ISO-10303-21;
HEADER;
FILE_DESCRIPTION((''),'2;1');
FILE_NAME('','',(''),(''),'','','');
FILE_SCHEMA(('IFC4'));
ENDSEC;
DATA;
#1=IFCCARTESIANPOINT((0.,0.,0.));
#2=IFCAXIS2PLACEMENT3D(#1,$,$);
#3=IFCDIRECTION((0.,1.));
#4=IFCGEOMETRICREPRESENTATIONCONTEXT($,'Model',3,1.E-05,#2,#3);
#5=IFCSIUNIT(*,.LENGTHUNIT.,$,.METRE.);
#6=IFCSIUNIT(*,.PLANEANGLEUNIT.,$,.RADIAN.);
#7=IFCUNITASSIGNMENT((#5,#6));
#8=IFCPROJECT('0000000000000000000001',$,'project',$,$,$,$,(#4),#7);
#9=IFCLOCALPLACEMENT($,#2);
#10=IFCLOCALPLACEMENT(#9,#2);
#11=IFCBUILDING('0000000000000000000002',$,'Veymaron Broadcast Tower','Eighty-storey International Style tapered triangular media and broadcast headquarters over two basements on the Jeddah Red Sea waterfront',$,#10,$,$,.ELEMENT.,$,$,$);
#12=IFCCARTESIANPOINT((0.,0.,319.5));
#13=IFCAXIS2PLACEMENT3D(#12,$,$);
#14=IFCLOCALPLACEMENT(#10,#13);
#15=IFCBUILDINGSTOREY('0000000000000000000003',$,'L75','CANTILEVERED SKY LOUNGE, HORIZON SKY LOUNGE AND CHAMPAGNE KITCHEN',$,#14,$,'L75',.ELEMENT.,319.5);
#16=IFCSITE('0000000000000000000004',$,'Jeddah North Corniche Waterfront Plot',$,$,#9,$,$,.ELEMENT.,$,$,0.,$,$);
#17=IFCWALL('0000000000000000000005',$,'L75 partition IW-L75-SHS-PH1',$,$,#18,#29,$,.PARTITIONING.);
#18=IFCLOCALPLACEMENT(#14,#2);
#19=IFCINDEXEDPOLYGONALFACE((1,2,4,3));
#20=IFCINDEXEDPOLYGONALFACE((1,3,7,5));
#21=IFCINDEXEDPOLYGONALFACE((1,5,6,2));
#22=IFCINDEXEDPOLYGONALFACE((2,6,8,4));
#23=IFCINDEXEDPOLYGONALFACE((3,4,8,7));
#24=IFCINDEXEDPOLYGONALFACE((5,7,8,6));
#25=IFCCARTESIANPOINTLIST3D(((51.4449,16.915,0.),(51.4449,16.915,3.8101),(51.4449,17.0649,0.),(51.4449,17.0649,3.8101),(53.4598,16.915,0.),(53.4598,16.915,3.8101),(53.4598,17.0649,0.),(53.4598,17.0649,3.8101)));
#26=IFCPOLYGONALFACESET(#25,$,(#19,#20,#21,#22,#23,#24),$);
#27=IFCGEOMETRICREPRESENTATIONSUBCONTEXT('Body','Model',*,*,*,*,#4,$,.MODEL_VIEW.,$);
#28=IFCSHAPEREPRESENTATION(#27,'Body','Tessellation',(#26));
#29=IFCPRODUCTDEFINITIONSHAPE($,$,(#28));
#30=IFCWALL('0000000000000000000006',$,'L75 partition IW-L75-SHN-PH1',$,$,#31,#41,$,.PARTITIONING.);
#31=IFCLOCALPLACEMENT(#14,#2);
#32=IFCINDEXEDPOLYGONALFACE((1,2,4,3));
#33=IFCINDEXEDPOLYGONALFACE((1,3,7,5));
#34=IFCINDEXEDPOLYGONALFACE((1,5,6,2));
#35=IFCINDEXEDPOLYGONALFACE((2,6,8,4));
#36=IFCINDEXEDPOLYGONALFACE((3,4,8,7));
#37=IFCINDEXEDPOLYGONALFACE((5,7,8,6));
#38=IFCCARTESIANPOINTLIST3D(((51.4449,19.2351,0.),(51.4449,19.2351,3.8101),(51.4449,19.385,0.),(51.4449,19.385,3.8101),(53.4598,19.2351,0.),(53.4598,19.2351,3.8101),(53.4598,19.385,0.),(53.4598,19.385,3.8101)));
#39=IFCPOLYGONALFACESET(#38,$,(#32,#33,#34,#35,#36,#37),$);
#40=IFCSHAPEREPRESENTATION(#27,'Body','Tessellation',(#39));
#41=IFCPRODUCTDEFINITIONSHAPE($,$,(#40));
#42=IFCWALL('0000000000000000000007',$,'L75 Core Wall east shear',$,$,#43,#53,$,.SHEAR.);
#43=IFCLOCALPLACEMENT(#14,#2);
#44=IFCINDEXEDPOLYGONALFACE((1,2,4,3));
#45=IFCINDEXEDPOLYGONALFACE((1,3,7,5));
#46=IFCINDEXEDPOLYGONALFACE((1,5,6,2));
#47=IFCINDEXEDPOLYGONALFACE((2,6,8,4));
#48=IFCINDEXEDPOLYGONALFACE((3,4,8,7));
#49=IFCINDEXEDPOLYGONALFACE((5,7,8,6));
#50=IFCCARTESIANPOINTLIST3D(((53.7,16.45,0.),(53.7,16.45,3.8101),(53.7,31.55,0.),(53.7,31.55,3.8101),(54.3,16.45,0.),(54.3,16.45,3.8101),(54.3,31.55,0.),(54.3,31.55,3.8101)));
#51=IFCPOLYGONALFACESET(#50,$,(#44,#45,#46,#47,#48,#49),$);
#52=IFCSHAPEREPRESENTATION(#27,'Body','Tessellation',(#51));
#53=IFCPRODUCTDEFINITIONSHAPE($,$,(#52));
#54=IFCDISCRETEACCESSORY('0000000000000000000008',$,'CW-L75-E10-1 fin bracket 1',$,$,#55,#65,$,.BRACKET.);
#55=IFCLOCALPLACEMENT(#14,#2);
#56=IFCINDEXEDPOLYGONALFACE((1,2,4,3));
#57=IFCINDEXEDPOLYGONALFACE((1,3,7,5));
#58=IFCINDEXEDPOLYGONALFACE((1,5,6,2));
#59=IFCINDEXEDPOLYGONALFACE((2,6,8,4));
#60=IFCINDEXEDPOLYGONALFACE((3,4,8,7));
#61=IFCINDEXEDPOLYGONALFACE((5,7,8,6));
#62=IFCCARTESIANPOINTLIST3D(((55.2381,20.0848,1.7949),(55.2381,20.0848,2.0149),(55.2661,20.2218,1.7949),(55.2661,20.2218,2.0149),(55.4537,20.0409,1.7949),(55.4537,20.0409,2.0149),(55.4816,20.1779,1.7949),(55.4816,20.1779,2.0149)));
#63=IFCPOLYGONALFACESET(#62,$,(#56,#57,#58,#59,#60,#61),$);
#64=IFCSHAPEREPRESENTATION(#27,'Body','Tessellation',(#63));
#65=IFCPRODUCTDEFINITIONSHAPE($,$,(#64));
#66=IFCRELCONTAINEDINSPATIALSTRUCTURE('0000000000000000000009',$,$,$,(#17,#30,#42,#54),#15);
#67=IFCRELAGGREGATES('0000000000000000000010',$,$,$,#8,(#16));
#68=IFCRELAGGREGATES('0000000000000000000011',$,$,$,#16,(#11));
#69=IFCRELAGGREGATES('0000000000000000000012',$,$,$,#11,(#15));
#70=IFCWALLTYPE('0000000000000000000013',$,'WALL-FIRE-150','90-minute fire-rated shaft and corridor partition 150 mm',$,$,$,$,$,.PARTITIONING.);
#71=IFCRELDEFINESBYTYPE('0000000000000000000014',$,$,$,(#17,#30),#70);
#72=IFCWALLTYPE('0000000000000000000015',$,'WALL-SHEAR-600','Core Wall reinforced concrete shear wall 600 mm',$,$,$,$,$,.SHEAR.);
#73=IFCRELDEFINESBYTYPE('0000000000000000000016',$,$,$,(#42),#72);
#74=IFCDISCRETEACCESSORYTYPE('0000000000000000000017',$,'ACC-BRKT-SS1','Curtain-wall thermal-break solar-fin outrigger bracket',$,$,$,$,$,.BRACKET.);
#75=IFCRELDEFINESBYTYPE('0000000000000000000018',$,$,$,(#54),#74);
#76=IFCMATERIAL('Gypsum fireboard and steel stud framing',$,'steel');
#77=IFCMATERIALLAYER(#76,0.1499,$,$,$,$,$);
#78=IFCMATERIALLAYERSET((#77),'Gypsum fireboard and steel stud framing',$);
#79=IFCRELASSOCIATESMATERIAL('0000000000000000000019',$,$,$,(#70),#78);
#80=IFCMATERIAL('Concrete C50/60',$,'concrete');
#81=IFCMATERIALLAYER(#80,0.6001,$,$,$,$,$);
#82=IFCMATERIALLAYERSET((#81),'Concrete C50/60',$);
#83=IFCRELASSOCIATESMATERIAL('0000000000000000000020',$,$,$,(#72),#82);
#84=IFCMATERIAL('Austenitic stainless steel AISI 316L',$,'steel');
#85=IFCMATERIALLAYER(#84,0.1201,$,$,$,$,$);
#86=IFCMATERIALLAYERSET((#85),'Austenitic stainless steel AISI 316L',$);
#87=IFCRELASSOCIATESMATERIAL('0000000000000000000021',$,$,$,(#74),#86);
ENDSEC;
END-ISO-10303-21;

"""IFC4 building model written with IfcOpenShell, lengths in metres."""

from ifc_helpers import new_model, si_unit, direction, frame, frame_2d, origin, origin_2d, place, context, subcontext, project, spatial, rectangle, extrude, material, layer, layer_set, type_object, element, save


model = new_model("IFC4")

# Units and contexts
model_context = context("Model", 3, precision=1e-05, world=origin(), true_north=direction((0.0, 1.0)))
body_context = subcontext(model_context, "Body", "Model", "MODEL_VIEW")
ifc_project = project(units=[si_unit("LENGTHUNIT", "METRE"), si_unit("PLANEANGLEUNIT", "RADIAN")], contexts=[model_context])

# Site, building, storey
site_placement = place(None, origin())
site = spatial("IfcSite", under=ifc_project, at=site_placement, Name="Jeddah North Corniche Waterfront Plot", CompositionType="ELEMENT", RefElevation=0.0)
building_placement = place(site_placement, origin())
building = spatial("IfcBuilding", under=site, at=building_placement, Name="Veymaron Broadcast Tower", Description="Eighty-storey International Style tapered triangular media and broadcast headquarters over two basements on the Jeddah Red Sea waterfront", CompositionType="ELEMENT")
storey_placement = place(building_placement, frame((0.0, 0.0, 319.5)))
storey = spatial("IfcBuildingStorey", under=building, at=storey_placement, Name="L75", Description="CANTILEVERED SKY LOUNGE, HORIZON SKY LOUNGE AND CHAMPAGNE KITCHEN", LongName="L75", CompositionType="ELEMENT", Elevation=319.5)

# Walls
ifc_material_1 = material(Name="Gypsum fireboard and steel stud framing", Category="steel")
ifc_layer_1 = layer(ifc_material_1, 0.1499)
ifc_layer_set_1 = layer_set([ifc_layer_1], Name="Gypsum fireboard and steel stud framing")
wall_type_1 = type_object("IfcWallType", Name="WALL-FIRE-150", Description="90-minute fire-rated shaft and corridor partition 150 mm", PredefinedType="PARTITIONING", material=ifc_layer_set_1)
for number, where, z_axis, x_axis, name in (
    (1, (51.4451, 16.99, 0.0), (0.0, 0.0, 1.0), (1.0, 0.0, 0.0), "L75 partition IW-L75-SHS-PH1"),
    (2, (51.4451, 19.3101, 0.0), (0.0, 0.0, 1.0), (1.0, 0.0, 0.0), "L75 partition IW-L75-SHN-PH1"),
):
    element("IfcWall", number, at=place(storey_placement, frame(where, z_axis=z_axis, x_axis=x_axis)), inside=storey, type_object=wall_type_1, Name=name, PredefinedType="PARTITIONING", context=body_context, shape_type="SweptSolid", body=[
        extrude(rectangle(XDim=2.0149, YDim=0.1499, at=frame_2d((1.0073, 0.0))), origin(), (0.0, 0.0, 1.0), 3.8101),
    ])
ifc_material_2 = material(Name="Concrete C50/60", Category="concrete")
ifc_layer_2 = layer(ifc_material_2, 0.6001)
ifc_layer_set_2 = layer_set([ifc_layer_2], Name="Concrete C50/60")
wall_type_2 = type_object("IfcWallType", Name="WALL-SHEAR-600", Description="Core Wall reinforced concrete shear wall 600 mm", PredefinedType="SHEAR", material=ifc_layer_set_2)
wall_placement = place(storey_placement, frame((54.0, 16.45, 0.0), z_axis=(0.0, 0.0, 1.0), x_axis=(0.0, 1.0, 0.0)))
element("IfcWall", 3, at=wall_placement, inside=storey, type_object=wall_type_2, Name="L75 Core Wall east shear", PredefinedType="SHEAR", context=body_context, shape_type="SweptSolid", body=[
    extrude(rectangle(XDim=15.1001, YDim=0.6001, at=frame_2d((7.55, 0.0))), origin(), (0.0, 0.0, 1.0), 3.8101),
])

# Discrete accessory
ifc_material_3 = material(Name="Austenitic stainless steel AISI 316L", Category="steel")
ifc_layer_3 = layer(ifc_material_3, 0.1201)
ifc_layer_set_3 = layer_set([ifc_layer_3], Name="Austenitic stainless steel AISI 316L")
discrete_accessory_type = type_object("IfcDiscreteAccessoryType", Name="ACC-BRKT-SS1", Description="Curtain-wall thermal-break solar-fin outrigger bracket", PredefinedType="BRACKET", material=ifc_layer_set_3)
discrete_accessory_placement = place(storey_placement, frame((55.3599, 20.1313, 1.7949), z_axis=(0.0, 0.0, 1.0), x_axis=(0.979876, -0.199607, 0.0)))
element("IfcDiscreteAccessory", 4, at=discrete_accessory_placement, inside=storey, type_object=discrete_accessory_type, Name="CW-L75-E10-1 fin bracket 1", PredefinedType="BRACKET", context=body_context, shape_type="SweptSolid", body=[
    extrude(rectangle(XDim=0.22, YDim=0.1399, at=origin_2d()), origin(), (0.0, 0.0, 1.0), 0.22),
])

save(model, "model.ifc")
